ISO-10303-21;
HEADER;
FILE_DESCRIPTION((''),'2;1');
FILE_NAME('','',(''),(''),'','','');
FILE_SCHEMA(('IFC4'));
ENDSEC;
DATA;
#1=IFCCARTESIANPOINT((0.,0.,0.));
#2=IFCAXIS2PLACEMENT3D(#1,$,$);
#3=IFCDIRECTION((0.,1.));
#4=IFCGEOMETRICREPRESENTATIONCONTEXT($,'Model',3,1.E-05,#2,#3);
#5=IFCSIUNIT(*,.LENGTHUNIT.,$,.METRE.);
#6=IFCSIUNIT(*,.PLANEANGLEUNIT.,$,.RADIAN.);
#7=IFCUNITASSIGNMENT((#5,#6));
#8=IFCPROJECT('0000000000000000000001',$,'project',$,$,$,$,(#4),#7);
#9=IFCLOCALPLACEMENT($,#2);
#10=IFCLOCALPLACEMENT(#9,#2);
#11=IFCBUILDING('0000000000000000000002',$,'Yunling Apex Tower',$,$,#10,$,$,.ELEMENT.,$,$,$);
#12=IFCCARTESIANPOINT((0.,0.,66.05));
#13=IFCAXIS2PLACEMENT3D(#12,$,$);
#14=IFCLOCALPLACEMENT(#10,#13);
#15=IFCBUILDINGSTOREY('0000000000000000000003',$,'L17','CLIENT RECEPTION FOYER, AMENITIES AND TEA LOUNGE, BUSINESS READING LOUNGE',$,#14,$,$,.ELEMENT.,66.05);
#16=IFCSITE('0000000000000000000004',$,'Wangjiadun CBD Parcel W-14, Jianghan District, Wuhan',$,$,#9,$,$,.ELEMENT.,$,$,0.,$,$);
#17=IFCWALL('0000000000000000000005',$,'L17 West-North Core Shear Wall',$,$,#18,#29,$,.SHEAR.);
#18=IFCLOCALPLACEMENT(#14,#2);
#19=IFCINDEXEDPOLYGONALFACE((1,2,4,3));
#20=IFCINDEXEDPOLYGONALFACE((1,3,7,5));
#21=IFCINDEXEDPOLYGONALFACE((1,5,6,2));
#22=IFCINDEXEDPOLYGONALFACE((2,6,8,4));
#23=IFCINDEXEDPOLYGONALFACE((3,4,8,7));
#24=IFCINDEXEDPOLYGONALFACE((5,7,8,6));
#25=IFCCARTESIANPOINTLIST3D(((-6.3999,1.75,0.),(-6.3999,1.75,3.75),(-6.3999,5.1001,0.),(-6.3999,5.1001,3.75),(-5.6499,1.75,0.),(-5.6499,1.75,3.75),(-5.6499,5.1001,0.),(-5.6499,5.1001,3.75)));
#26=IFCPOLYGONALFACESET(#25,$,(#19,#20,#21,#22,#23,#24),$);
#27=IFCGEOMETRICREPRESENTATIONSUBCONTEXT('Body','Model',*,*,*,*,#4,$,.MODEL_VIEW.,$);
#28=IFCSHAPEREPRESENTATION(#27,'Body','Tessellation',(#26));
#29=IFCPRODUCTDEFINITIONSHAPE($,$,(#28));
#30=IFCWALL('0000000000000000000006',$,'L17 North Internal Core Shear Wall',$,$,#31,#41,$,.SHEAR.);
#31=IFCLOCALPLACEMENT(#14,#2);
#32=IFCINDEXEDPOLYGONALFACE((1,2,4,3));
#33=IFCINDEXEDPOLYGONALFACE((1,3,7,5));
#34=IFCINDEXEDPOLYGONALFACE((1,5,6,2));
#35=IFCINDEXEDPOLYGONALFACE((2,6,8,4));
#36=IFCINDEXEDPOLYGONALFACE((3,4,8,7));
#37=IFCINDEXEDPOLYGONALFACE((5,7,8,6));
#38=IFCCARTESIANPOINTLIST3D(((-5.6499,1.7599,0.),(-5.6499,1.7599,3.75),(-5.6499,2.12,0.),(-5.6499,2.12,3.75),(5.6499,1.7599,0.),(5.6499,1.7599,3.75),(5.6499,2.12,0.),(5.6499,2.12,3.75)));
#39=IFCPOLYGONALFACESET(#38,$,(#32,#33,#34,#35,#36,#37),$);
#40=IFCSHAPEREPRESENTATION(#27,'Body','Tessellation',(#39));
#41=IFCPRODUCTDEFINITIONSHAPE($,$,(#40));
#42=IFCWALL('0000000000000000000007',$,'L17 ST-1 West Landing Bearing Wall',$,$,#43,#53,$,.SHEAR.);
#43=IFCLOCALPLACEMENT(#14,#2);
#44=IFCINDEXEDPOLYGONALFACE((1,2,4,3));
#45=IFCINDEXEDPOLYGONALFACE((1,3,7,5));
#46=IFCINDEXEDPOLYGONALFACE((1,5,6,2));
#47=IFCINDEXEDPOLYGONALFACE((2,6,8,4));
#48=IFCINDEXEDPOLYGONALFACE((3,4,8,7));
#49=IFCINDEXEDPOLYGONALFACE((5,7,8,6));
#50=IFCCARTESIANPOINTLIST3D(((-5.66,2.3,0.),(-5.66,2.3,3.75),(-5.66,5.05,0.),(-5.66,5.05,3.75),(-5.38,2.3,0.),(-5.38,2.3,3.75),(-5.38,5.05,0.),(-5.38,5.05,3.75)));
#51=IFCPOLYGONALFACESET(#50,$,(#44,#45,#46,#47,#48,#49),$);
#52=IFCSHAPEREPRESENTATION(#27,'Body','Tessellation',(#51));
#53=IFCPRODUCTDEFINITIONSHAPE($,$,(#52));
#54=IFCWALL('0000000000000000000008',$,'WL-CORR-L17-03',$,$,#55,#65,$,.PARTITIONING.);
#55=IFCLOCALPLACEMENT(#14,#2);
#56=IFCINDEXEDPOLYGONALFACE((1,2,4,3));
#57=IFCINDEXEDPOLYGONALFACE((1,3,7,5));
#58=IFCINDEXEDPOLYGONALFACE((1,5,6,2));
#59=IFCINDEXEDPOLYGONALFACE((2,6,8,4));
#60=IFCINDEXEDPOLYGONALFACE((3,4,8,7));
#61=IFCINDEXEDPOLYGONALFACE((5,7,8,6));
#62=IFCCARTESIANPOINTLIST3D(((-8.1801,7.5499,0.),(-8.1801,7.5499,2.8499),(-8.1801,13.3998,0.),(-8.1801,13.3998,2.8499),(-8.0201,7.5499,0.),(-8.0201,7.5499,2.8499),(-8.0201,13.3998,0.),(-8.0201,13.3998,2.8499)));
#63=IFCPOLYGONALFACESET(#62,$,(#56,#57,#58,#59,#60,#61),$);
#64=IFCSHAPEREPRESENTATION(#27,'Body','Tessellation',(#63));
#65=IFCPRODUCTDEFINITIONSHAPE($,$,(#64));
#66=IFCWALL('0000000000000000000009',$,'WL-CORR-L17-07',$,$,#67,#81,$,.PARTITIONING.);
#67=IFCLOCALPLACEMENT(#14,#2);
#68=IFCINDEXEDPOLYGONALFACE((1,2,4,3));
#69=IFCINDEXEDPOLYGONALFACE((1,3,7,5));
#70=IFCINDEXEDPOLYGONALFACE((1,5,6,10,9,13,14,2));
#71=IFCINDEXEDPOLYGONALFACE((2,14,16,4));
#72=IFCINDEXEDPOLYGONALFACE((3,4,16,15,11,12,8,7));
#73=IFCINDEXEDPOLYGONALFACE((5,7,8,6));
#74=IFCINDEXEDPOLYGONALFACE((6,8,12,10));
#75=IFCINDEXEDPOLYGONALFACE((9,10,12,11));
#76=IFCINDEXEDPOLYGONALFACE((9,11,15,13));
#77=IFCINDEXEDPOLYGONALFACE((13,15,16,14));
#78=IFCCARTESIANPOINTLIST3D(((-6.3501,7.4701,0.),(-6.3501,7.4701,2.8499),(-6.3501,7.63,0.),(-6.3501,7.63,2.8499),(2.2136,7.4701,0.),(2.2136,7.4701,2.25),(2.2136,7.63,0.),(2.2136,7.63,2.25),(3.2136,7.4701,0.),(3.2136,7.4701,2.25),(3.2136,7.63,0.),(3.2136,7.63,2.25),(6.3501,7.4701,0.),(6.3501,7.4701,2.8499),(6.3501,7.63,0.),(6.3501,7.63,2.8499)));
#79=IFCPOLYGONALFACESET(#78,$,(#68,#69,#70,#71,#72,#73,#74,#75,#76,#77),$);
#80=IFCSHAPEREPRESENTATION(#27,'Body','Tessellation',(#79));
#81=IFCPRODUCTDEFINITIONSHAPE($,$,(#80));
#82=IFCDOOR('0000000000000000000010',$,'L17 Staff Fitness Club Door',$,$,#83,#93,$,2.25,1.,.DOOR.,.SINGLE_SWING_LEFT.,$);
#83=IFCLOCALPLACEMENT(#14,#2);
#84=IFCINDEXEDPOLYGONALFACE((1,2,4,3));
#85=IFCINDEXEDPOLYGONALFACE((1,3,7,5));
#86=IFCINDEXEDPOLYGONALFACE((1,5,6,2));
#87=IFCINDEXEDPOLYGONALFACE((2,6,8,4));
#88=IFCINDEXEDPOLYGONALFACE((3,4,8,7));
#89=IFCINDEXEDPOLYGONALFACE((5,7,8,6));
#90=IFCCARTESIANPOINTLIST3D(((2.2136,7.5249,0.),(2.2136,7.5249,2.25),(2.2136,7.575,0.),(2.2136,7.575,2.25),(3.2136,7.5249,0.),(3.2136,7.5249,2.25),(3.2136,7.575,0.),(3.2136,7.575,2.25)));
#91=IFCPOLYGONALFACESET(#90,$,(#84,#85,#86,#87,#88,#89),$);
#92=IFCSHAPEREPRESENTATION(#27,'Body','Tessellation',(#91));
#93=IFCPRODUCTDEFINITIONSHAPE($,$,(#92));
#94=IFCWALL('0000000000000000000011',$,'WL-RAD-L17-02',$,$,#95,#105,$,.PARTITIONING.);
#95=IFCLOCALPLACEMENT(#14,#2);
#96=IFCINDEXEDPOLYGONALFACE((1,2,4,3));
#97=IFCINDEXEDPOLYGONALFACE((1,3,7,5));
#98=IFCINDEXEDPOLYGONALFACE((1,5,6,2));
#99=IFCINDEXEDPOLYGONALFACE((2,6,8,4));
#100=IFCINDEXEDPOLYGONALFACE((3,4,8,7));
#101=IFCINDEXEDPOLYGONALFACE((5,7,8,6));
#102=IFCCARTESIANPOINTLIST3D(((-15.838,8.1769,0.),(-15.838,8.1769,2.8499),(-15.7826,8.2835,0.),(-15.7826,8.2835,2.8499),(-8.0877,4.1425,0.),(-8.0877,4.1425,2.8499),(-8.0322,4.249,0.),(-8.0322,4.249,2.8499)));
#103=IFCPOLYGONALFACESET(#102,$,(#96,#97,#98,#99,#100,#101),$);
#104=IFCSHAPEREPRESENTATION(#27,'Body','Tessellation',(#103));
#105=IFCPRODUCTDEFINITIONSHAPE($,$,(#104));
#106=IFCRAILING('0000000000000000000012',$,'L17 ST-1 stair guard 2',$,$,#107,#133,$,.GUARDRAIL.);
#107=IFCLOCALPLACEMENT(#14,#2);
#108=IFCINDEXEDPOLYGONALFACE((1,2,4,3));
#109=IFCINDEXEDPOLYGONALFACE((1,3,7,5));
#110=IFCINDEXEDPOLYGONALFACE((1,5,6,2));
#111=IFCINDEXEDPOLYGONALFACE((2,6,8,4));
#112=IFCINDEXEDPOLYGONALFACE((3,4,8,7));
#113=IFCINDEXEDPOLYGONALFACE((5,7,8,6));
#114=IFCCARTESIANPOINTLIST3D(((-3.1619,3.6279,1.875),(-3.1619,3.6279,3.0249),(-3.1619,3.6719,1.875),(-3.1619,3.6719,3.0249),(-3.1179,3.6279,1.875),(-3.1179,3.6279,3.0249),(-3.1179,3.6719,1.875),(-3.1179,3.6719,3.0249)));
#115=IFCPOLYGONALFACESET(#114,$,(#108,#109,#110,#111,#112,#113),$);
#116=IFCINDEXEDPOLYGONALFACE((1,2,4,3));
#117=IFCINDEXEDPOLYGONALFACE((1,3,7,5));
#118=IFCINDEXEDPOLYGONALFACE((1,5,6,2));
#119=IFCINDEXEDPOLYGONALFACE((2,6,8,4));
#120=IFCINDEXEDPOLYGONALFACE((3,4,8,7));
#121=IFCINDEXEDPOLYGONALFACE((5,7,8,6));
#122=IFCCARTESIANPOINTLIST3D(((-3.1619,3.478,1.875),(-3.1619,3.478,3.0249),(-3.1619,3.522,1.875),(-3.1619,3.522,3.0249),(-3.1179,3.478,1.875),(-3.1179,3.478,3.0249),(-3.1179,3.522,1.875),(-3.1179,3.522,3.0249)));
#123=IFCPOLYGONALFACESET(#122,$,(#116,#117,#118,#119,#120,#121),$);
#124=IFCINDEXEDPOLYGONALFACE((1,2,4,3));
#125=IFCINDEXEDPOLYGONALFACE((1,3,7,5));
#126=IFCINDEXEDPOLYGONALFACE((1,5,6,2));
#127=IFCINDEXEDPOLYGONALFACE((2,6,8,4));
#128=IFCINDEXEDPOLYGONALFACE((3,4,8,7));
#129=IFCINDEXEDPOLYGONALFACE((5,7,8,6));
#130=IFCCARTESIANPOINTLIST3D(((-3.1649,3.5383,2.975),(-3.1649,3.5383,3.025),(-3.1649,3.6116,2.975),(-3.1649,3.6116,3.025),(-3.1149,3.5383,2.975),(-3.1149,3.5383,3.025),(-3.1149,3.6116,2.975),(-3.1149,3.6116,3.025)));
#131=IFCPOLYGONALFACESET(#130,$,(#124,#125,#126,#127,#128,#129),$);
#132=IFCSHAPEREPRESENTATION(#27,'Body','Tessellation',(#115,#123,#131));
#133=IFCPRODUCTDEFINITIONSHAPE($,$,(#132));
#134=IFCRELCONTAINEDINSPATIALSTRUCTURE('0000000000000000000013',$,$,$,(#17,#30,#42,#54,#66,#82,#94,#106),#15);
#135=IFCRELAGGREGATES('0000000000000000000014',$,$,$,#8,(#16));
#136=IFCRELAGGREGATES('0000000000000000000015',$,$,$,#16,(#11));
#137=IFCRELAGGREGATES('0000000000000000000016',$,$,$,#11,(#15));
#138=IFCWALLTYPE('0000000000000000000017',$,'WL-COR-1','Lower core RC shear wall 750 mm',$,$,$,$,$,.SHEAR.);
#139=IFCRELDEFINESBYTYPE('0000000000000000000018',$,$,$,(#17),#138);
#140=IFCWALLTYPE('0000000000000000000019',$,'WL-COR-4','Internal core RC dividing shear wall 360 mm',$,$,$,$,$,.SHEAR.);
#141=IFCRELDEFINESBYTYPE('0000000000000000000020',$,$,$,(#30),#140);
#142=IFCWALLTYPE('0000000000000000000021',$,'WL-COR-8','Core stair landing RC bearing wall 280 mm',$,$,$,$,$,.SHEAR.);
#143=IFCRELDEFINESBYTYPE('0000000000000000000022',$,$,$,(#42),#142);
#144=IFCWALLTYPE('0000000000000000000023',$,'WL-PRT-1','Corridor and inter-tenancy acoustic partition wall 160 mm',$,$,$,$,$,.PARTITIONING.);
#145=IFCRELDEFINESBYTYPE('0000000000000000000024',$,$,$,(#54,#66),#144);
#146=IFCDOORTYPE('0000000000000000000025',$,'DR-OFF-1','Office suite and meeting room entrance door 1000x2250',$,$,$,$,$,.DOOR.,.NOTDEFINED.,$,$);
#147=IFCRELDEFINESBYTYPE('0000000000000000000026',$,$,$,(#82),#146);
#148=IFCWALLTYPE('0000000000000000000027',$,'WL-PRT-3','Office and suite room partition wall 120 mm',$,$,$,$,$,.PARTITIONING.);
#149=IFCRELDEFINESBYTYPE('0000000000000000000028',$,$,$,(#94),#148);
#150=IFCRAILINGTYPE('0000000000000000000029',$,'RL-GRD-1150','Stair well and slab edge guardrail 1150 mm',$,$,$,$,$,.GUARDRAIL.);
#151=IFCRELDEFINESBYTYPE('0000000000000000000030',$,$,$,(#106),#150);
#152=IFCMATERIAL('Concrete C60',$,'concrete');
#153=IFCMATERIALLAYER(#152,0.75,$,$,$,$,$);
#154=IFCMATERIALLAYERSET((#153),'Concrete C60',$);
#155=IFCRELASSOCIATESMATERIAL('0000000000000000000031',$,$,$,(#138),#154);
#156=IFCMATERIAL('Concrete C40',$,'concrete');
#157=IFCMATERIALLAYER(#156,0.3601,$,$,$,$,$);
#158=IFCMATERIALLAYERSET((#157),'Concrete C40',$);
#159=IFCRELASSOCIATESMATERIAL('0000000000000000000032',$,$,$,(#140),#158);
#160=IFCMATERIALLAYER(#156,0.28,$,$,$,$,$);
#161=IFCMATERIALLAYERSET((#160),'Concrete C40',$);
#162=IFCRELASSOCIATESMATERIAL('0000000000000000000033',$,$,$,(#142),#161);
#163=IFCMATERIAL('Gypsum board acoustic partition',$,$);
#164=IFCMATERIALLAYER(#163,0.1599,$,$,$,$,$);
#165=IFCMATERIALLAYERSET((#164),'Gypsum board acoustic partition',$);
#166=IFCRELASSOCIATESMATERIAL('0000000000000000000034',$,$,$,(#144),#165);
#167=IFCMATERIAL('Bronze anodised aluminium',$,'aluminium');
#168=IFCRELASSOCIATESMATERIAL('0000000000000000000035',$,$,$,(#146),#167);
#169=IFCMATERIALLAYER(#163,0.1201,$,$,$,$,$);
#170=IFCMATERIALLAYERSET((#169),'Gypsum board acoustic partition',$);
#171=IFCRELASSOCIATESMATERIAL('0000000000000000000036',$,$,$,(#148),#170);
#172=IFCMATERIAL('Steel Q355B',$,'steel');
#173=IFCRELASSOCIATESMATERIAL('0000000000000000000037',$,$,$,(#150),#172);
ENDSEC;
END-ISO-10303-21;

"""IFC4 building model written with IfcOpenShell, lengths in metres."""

from ifc_helpers import new_model, si_unit, direction, frame, frame_2d, origin, origin_2d, place, context, subcontext, project, spatial, rectangle, extrude, material, layer, layer_set, type_object, element, fill, save


model = new_model("IFC4")

# Units and contexts
model_context = context("Model", 3, precision=1e-05, world=origin(), true_north=direction((0.0, 1.0)))
body_context = subcontext(model_context, "Body", "Model", "MODEL_VIEW")
ifc_project = project(units=[si_unit("LENGTHUNIT", "METRE"), si_unit("PLANEANGLEUNIT", "RADIAN")], contexts=[model_context])

# Site, building, storey
site_placement = place(None, origin())
site = spatial("IfcSite", under=ifc_project, at=site_placement, Name="Wangjiadun CBD Parcel W-14, Jianghan District, Wuhan", CompositionType="ELEMENT", RefElevation=0.0)
building_placement = place(site_placement, origin())
building = spatial("IfcBuilding", under=site, at=building_placement, Name="Yunling Apex Tower", CompositionType="ELEMENT")
storey_placement = place(building_placement, frame((0.0, 0.0, 66.05)))
storey = spatial("IfcBuildingStorey", under=building, at=storey_placement, Name="L17", Description="CLIENT RECEPTION FOYER, AMENITIES AND TEA LOUNGE, BUSINESS READING LOUNGE", CompositionType="ELEMENT", Elevation=66.05)

# Shared definitions
ifc_material_1 = material(Name="Concrete C60", Category="concrete")

# Shared definitions
ifc_material_2 = material(Name="Steel Q355B", Category="steel")

# Shared definitions
ifc_layer_1 = layer(ifc_material_1, 0.75)
ifc_layer_set_1 = layer_set([ifc_layer_1], Name="Concrete C60")
wall_type_1 = type_object("IfcWallType", Name="WL-COR-1", Description="Lower core RC shear wall 750 mm", PredefinedType="SHEAR", material=ifc_layer_set_1)

# Walls
wall_1_placement = place(storey_placement, frame((-6.0249, 1.75, 0.0), z_axis=(0.0, 0.0, 1.0), x_axis=(0.0, 1.0, 0.0)))
element("IfcWall", 1, at=wall_1_placement, inside=storey, type_object=wall_type_1, Name="L17 West-North Core Shear Wall", PredefinedType="SHEAR", context=body_context, shape_type="SweptSolid", body=[
    extrude(rectangle(XDim=3.3501, YDim=0.75, at=frame_2d((1.675, 0.0))), origin(), (0.0, 0.0, 1.0), 3.75),
])
ifc_material_3 = material(Name="Concrete C40", Category="concrete")
ifc_layer_2 = layer(ifc_material_3, 0.3601)
ifc_layer_set_2 = layer_set([ifc_layer_2], Name="Concrete C40")
wall_type_2 = type_object("IfcWallType", Name="WL-COR-4", Description="Internal core RC dividing shear wall 360 mm", PredefinedType="SHEAR", material=ifc_layer_set_2)
wall_2_placement = place(storey_placement, frame((-5.6499, 1.9399, 0.0), z_axis=(0.0, 0.0, 1.0), x_axis=(1.0, 0.0, 0.0)))
element("IfcWall", 2, at=wall_2_placement, inside=storey, type_object=wall_type_2, Name="L17 North Internal Core Shear Wall", PredefinedType="SHEAR", context=body_context, shape_type="SweptSolid", body=[
    extrude(rectangle(XDim=11.2998, YDim=0.3601, at=frame_2d((5.6499, 0.0))), origin(), (0.0, 0.0, 1.0), 3.75),
])
ifc_layer_3 = layer(ifc_material_3, 0.28)
ifc_layer_set_3 = layer_set([ifc_layer_3], Name="Concrete C40")
wall_type_3 = type_object("IfcWallType", Name="WL-COR-8", Description="Core stair landing RC bearing wall 280 mm", PredefinedType="SHEAR", material=ifc_layer_set_3)
wall_3_placement = place(storey_placement, frame((-5.52, 2.3, 0.0), z_axis=(0.0, 0.0, 1.0), x_axis=(0.0, 1.0, 0.0)))
element("IfcWall", 3, at=wall_3_placement, inside=storey, type_object=wall_type_3, Name="L17 ST-1 West Landing Bearing Wall", PredefinedType="SHEAR", context=body_context, shape_type="SweptSolid", body=[
    extrude(rectangle(XDim=2.75, YDim=0.28, at=frame_2d((1.375, 0.0))), origin(), (0.0, 0.0, 1.0), 3.75),
])
ifc_material_4 = material(Name="Gypsum board acoustic partition")
ifc_layer_4 = layer(ifc_material_4, 0.1599)
ifc_layer_set_4 = layer_set([ifc_layer_4], Name="Gypsum board acoustic partition")
wall_type_4 = type_object("IfcWallType", Name="WL-PRT-1", Description="Corridor and inter-tenancy acoustic partition wall 160 mm", PredefinedType="PARTITIONING", material=ifc_layer_set_4)
wall_4_placement = place(storey_placement, frame((-8.1001, 7.55, 0.0), z_axis=(0.0, 0.0, 1.0), x_axis=(0.0, 1.0, 0.0)))
element("IfcWall", 4, at=wall_4_placement, inside=storey, type_object=wall_type_4, Name="WL-CORR-L17-03", PredefinedType="PARTITIONING", context=body_context, shape_type="SweptSolid", body=[
    extrude(rectangle(XDim=5.8499, YDim=0.1599, at=frame_2d((2.9248, 0.0))), origin(), (0.0, 0.0, 1.0), 2.8499),
])

# Wall, opening, door
wall_5_placement = place(storey_placement, frame((-6.3501, 7.55, 0.0), z_axis=(0.0, 0.0, 1.0), x_axis=(1.0, 0.0, 0.0)))
wall_5 = element("IfcWall", 5, at=wall_5_placement, inside=storey, type_object=wall_type_4, Name="WL-CORR-L17-07", PredefinedType="PARTITIONING", context=body_context, shape_type="SweptSolid", body=[
    extrude(rectangle(XDim=12.7002, YDim=0.1599, at=frame_2d((6.3501, 0.0))), origin(), (0.0, 0.0, 1.0), 2.8499),
])
opening_1_placement = place(wall_5_placement, frame((8.5637, 0.0, 0.0)))
opening_1 = element("IfcOpeningElement", 6, at=opening_1_placement, cuts=wall_5, PredefinedType="OPENING", context=body_context, shape_type="SweptSolid", body=[
    extrude(rectangle(XDim=1.0, YDim=2.25, at=frame_2d((0.5, 1.125))), frame((0.0, 0.0898, 0.0), z_axis=(0.0, -1.0, 0.0), x_axis=(1.0, 0.0, 0.0)), (0.0, 0.0, 1.0), 0.1799),
])
ifc_material_5 = material(Name="Bronze anodised aluminium", Category="aluminium")
door_type_1 = type_object("IfcDoorType", Name="DR-OFF-1", Description="Office suite and meeting room entrance door 1000x2250", OperationType="NOTDEFINED", PredefinedType="DOOR", material=ifc_material_5)
door_1_placement = place(opening_1_placement, origin())
door_1 = element("IfcDoor", 7, at=door_1_placement, inside=storey, type_object=door_type_1, Name="L17 Staff Fitness Club Door", OperationType="SINGLE_SWING_LEFT", OverallHeight=2.25, OverallWidth=1.0, PredefinedType="DOOR", context=body_context, shape_type="SweptSolid", body=[
    extrude(rectangle(XDim=1.0, YDim=2.25, at=frame_2d((0.5, 1.125))), frame((0.0, 0.0249, 0.0), z_axis=(0.0, -1.0, 0.0), x_axis=(1.0, 0.0, 0.0)), (0.0, 0.0, 1.0), 0.05),
])
fill(opening_1, door_1)

# Wall
ifc_layer_5 = layer(ifc_material_4, 0.1201)
ifc_layer_set_5 = layer_set([ifc_layer_5], Name="Gypsum board acoustic partition")
wall_type_5 = type_object("IfcWallType", Name="WL-PRT-3", Description="Office and suite room partition wall 120 mm", PredefinedType="PARTITIONING", material=ifc_layer_set_5)
wall_6_placement = place(storey_placement, frame((-8.0601, 4.1958, 0.0), z_axis=(0.0, 0.0, 1.0), x_axis=(-0.887015, 0.46174, 0.0)))
element("IfcWall", 8, at=wall_6_placement, inside=storey, type_object=wall_type_5, Name="WL-RAD-L17-02", PredefinedType="PARTITIONING", context=body_context, shape_type="SweptSolid", body=[
    extrude(rectangle(XDim=8.7375, YDim=0.1201, at=frame_2d((4.3687, 0.0))), origin(), (0.0, 0.0, 1.0), 2.8499),
])

# Railing
railing_type = type_object("IfcRailingType", Name="RL-GRD-1150", Description="Stair well and slab edge guardrail 1150 mm", PredefinedType="GUARDRAIL", material=ifc_material_2)
railing_placement = place(storey_placement, frame((-3.1399, 3.6499, 1.875)))
element("IfcRailing", 9, at=railing_placement, inside=storey, type_object=railing_type, Name="L17 ST-1 stair guard 2", PredefinedType="GUARDRAIL", context=body_context, shape_type="SweptSolid", body=[
    extrude(rectangle(XDim=0.0439, YDim=0.0439, at=origin_2d()), origin(), (0.0, 0.0, 1.0), 1.1499),
    extrude(rectangle(XDim=0.0439, YDim=0.0439, at=origin_2d()), frame((0.0, -0.1499, 0.0)), (0.0, 0.0, 1.0), 1.1499),
    extrude(rectangle(XDim=0.05, YDim=0.05, at=origin_2d()), frame((0.0, -0.0383, 1.125), z_axis=(0.0, -1.0, 0.0), x_axis=(1.0, 0.0, 0.0)), (0.0, 0.0, 1.0), 0.0732),
])

save(model, "model.ifc")
